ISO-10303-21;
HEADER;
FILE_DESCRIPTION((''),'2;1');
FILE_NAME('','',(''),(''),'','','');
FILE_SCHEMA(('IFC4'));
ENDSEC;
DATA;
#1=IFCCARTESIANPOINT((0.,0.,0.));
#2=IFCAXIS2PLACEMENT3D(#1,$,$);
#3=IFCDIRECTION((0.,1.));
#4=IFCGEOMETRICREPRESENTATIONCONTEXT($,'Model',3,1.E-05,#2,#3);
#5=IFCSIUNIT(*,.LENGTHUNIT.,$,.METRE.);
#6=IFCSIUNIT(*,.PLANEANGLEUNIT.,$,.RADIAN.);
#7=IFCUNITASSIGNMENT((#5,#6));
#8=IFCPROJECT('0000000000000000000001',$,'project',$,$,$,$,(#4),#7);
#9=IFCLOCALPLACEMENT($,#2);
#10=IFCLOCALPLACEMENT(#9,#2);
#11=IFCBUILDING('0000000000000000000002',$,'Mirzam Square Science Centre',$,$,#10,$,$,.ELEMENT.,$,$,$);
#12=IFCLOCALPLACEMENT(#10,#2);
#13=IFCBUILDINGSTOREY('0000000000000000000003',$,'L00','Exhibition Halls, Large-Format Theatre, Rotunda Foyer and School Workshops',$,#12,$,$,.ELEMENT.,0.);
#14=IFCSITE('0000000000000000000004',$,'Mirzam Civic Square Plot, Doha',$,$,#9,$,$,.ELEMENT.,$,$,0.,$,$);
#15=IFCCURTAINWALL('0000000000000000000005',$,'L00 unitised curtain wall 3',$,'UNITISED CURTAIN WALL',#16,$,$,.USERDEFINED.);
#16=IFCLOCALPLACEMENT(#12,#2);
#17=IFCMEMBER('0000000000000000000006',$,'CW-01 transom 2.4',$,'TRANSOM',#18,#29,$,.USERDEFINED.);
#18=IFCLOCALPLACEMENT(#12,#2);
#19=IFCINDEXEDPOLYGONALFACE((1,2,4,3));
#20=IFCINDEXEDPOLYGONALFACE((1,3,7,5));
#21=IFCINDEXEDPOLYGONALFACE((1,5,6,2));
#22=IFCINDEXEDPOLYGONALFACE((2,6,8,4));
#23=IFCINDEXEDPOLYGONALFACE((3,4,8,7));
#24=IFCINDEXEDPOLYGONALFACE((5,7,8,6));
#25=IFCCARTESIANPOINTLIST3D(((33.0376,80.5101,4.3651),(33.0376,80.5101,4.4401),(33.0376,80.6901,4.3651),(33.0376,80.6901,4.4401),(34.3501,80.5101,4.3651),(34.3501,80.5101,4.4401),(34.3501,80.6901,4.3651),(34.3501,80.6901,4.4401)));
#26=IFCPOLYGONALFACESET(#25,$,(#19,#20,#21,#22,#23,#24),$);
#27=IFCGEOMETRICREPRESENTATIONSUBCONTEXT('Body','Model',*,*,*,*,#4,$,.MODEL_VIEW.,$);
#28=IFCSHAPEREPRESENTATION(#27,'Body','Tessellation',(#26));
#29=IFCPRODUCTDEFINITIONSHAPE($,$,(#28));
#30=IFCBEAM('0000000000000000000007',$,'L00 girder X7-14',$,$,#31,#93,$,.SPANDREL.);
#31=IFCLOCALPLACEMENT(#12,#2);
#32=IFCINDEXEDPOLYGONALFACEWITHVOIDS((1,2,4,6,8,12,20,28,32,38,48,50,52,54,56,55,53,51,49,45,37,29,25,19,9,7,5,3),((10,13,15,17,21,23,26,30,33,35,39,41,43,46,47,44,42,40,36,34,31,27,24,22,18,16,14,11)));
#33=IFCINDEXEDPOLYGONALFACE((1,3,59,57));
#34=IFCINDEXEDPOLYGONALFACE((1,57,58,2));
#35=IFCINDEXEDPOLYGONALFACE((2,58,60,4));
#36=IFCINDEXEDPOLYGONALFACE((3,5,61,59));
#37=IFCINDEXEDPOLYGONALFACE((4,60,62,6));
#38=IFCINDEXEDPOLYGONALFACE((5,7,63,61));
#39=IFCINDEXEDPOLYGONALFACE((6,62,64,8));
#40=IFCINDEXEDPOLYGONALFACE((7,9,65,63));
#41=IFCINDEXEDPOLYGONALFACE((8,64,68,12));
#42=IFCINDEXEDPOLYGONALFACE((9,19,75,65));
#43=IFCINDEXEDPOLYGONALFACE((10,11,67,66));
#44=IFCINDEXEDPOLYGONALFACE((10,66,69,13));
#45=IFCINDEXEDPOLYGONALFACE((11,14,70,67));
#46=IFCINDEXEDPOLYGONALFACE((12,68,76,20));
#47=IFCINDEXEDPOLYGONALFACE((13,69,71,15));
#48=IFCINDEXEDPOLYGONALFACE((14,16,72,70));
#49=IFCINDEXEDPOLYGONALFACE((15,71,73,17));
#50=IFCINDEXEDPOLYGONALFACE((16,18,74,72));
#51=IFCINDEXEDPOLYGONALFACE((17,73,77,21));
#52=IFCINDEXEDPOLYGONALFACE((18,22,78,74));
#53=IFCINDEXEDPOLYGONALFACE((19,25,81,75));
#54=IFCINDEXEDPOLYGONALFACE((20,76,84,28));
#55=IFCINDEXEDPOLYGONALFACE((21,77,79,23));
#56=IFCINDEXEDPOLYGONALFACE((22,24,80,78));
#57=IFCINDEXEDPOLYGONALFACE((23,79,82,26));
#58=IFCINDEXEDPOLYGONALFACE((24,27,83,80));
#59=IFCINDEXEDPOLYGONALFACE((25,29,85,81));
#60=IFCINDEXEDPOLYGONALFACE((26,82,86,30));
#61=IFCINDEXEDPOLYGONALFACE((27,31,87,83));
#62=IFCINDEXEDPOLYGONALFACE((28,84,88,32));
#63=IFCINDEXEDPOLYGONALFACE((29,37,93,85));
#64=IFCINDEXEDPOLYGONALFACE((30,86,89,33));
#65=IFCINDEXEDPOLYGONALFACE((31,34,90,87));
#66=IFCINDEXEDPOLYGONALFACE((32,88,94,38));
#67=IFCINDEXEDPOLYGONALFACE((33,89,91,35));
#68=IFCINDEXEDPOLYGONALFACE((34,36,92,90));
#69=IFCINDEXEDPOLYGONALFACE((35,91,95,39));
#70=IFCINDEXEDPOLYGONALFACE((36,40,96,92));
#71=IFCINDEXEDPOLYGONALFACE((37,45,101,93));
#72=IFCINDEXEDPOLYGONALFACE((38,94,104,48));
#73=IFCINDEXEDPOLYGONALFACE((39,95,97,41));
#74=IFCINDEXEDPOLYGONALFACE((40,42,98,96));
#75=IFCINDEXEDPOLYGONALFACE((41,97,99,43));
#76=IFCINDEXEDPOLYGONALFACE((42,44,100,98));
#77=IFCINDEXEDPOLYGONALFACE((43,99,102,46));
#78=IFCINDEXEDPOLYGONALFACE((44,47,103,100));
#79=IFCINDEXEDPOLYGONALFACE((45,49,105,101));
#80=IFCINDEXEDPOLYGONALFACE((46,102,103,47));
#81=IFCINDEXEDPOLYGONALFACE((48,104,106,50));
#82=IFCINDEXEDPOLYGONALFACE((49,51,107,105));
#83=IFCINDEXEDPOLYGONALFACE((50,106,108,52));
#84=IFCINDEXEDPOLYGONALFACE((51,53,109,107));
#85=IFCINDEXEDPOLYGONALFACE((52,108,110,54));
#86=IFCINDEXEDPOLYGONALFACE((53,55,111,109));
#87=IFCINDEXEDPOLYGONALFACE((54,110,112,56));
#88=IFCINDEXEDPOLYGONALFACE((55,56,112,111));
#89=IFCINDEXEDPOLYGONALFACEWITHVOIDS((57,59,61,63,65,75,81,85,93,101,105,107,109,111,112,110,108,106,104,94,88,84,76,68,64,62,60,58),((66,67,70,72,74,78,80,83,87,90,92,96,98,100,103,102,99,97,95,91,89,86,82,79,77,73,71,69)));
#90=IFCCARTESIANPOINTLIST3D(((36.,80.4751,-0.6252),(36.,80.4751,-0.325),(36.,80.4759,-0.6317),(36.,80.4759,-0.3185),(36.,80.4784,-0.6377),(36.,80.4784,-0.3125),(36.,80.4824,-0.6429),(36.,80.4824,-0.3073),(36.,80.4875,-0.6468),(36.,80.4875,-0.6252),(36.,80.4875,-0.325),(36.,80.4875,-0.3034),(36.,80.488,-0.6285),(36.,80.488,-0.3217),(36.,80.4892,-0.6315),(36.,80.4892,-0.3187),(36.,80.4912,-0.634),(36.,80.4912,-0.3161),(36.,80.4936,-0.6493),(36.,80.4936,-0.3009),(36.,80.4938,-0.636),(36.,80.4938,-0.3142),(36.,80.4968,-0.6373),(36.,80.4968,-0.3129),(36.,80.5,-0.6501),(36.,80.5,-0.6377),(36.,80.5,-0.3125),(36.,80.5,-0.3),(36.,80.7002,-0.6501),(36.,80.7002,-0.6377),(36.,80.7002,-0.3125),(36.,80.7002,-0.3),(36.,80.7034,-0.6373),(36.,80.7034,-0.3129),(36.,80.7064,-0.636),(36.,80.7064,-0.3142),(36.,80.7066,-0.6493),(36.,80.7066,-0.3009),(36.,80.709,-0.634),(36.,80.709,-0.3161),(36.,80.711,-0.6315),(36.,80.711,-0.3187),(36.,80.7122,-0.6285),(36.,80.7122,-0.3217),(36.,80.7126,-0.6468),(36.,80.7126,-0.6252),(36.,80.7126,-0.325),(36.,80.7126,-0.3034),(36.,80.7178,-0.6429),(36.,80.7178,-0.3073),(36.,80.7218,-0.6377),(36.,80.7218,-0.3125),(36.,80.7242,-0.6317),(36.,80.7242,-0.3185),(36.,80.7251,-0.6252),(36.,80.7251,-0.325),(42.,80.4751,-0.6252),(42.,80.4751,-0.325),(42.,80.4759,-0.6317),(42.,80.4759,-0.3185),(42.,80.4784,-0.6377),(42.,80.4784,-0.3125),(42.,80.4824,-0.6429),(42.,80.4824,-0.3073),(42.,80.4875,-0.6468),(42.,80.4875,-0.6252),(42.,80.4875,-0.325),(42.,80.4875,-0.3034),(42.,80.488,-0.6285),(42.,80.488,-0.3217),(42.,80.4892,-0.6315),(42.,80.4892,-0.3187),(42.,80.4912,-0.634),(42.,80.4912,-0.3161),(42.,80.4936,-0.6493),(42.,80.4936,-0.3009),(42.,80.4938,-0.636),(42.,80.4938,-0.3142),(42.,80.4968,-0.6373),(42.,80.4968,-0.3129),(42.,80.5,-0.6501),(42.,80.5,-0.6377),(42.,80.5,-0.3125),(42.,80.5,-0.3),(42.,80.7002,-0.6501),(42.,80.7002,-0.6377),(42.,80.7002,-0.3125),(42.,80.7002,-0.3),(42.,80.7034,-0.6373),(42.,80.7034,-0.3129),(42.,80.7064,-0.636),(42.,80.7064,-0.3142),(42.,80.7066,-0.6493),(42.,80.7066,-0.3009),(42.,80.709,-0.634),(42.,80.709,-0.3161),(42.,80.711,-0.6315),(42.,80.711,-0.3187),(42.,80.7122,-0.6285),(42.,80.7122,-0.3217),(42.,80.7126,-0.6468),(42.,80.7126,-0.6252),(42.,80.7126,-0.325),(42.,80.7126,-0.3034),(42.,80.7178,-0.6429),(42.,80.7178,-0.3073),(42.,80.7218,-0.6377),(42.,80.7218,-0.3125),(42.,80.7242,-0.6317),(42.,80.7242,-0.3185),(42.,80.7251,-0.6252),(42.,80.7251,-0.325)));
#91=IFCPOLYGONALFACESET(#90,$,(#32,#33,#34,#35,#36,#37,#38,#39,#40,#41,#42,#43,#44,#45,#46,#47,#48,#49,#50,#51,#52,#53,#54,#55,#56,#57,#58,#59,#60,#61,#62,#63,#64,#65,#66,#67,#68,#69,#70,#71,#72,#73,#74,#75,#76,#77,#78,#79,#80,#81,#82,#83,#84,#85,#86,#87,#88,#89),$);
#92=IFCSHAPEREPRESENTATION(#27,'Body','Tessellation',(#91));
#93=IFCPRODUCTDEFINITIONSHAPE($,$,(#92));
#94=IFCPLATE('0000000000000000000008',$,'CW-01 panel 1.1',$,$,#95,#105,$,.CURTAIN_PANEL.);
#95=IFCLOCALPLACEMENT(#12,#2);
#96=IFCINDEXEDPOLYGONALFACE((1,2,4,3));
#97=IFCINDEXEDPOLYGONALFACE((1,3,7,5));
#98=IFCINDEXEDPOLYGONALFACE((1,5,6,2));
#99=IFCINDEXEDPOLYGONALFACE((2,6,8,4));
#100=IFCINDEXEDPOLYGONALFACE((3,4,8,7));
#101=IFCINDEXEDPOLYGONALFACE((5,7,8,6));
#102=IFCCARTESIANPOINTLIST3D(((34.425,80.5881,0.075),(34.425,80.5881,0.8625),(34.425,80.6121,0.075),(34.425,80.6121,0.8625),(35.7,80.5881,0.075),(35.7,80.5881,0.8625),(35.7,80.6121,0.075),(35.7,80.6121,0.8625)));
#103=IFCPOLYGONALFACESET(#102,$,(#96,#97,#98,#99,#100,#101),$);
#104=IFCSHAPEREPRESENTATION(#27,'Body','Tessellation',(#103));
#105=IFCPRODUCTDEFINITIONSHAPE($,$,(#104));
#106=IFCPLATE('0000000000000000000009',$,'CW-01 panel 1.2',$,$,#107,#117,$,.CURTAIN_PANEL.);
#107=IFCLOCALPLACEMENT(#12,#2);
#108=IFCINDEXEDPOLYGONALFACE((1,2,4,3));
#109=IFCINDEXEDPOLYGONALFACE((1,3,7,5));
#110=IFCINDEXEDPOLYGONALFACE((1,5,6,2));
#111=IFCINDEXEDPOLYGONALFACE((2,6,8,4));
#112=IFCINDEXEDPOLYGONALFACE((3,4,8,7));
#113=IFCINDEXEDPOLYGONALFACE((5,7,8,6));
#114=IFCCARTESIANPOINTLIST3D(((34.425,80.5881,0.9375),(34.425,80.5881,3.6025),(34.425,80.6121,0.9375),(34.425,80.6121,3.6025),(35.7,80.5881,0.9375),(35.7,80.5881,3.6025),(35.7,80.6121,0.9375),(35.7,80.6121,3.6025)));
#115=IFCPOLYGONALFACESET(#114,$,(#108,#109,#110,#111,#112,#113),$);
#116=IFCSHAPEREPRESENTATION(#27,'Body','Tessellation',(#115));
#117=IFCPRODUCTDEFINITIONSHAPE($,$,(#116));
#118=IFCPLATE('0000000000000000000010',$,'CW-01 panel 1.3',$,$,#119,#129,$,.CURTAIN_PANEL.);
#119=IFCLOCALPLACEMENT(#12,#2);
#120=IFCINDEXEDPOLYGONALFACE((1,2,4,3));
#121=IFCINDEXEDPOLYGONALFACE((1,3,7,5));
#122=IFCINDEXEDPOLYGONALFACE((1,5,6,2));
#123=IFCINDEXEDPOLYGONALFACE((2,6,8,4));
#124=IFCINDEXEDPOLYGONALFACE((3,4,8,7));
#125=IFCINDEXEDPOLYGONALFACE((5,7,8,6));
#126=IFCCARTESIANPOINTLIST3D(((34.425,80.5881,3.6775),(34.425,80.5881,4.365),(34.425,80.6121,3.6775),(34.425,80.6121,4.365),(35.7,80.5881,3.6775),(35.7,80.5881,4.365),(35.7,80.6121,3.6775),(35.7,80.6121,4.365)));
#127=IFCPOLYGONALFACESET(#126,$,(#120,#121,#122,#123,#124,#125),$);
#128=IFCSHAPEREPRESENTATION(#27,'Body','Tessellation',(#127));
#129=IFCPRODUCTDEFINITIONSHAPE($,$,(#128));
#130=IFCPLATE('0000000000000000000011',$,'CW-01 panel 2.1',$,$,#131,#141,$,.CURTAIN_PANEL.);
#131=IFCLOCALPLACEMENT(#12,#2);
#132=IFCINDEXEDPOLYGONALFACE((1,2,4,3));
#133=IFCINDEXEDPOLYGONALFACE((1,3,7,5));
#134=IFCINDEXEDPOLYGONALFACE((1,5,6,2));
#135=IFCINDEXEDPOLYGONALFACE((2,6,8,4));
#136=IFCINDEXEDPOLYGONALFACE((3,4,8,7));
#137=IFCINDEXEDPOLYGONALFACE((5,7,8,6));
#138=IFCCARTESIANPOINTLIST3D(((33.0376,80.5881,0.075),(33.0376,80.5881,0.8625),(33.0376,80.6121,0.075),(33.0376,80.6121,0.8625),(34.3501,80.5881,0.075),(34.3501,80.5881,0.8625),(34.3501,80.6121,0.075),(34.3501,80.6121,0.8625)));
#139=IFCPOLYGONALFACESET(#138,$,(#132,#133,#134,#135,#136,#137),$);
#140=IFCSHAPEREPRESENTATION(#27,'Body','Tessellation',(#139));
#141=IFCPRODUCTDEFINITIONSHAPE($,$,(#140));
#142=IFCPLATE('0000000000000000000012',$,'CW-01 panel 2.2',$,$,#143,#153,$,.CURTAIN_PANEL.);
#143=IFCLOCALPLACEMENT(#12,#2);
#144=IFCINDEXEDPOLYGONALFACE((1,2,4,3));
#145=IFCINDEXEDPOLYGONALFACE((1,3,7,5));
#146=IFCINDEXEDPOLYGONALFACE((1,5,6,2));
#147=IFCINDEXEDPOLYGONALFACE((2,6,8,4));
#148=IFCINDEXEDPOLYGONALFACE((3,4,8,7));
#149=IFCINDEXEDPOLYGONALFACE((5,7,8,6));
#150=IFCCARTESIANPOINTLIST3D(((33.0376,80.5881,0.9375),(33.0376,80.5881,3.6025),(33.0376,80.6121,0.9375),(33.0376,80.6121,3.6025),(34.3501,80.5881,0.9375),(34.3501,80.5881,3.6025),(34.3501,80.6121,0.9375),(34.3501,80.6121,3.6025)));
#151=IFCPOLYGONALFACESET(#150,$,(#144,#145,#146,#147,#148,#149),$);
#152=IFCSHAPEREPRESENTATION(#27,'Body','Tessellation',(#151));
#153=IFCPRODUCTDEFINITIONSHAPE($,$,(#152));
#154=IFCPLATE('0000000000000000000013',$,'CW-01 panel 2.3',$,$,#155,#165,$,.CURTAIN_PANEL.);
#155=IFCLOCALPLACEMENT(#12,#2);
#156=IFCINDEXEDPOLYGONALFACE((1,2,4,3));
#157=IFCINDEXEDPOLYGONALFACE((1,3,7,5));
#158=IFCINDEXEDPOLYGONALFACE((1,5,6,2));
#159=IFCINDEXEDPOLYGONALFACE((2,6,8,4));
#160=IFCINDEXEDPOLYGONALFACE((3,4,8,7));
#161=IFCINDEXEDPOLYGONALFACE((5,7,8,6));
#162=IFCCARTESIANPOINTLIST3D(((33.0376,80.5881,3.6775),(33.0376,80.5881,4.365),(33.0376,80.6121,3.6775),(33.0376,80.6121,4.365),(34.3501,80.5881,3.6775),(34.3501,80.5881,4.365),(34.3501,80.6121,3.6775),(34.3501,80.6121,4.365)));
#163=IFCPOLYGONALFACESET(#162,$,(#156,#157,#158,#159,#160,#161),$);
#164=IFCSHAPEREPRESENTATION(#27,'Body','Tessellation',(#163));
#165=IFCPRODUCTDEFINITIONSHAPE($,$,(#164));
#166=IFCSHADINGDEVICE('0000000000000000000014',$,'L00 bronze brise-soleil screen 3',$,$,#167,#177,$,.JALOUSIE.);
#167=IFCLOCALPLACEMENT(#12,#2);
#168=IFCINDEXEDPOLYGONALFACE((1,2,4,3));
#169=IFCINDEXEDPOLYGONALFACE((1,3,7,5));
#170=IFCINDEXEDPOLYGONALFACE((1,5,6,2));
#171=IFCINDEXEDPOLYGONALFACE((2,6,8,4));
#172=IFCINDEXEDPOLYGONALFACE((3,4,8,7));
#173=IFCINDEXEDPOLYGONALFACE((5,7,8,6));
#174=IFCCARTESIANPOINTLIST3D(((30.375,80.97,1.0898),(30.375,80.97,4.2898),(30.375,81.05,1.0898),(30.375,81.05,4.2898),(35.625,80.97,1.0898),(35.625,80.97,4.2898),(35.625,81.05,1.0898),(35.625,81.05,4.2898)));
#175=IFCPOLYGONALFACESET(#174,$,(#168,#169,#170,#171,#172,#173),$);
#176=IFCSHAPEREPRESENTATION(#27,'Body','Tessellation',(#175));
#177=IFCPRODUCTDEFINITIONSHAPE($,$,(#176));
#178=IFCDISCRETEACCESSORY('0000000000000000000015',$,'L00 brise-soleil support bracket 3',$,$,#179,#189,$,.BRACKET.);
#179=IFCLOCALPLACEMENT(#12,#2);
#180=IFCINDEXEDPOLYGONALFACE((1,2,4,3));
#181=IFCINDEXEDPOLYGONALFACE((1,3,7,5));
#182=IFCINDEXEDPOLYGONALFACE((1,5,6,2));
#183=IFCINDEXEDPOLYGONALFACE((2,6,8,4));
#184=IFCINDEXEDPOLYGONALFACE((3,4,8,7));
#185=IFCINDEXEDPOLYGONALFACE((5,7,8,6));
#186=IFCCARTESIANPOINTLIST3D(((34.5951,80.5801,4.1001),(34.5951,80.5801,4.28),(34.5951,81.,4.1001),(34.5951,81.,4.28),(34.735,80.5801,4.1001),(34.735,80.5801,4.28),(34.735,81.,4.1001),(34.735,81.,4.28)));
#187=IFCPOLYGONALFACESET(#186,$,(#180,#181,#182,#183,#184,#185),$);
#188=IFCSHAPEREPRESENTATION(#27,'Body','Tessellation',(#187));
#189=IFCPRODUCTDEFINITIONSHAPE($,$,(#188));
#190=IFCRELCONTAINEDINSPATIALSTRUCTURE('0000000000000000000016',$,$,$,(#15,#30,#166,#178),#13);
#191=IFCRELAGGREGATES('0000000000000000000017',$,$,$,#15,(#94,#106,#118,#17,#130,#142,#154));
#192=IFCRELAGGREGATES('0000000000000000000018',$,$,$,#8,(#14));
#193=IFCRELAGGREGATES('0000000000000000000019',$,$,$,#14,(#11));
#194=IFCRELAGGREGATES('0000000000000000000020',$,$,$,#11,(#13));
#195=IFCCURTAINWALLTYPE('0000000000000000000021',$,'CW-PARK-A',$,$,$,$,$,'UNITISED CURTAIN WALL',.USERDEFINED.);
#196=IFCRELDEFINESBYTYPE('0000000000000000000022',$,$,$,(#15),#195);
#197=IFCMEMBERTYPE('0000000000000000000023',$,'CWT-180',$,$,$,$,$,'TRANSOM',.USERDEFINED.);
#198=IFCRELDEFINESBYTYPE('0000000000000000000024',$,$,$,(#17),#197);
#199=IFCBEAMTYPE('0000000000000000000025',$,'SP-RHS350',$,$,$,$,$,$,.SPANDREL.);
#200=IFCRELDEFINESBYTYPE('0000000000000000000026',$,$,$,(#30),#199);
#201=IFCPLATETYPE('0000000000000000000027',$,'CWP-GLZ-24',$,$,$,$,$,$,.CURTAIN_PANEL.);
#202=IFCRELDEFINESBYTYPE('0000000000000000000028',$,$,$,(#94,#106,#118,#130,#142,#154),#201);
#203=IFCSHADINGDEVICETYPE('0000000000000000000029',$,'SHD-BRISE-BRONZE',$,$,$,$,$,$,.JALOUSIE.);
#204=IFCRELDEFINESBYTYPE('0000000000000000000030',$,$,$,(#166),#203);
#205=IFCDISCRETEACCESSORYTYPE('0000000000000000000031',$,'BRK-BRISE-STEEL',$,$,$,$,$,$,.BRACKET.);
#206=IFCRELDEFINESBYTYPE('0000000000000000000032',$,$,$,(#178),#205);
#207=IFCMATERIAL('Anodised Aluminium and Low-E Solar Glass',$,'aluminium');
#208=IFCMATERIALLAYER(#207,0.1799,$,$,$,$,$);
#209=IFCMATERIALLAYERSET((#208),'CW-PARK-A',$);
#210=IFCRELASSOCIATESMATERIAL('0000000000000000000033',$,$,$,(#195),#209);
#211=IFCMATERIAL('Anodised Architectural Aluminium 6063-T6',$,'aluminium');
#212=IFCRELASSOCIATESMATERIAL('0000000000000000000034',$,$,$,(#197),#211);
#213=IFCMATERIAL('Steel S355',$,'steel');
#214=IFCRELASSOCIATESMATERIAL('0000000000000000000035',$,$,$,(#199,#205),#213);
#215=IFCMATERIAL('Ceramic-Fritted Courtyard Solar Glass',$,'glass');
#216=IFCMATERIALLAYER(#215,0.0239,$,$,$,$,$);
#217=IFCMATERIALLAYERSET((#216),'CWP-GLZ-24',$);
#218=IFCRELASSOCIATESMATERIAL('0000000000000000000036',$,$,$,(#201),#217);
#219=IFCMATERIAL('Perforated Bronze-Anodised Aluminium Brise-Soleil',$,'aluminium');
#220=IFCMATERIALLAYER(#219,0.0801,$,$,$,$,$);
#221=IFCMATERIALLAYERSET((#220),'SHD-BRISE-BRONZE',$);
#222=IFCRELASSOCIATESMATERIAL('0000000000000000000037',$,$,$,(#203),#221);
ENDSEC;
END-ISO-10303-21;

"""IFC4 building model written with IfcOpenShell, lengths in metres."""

from ifc_helpers import new_model, si_unit, direction, frame, origin, origin_2d, place, context, subcontext, project, spatial, rectangle, hollow_rectangle, extrude, material, layer, layer_set, material_profile, profile_set, type_object, element, aggregate, save


model = new_model("IFC4")

# Units and contexts
model_context = context("Model", 3, precision=1e-05, world=origin(), true_north=direction((0.0, 1.0)))
body_context = subcontext(model_context, "Body", "Model", "MODEL_VIEW")
ifc_project = project(units=[si_unit("LENGTHUNIT", "METRE"), si_unit("PLANEANGLEUNIT", "RADIAN")], contexts=[model_context])

# Site, building, storey
site_placement = place(None, origin())
site = spatial("IfcSite", under=ifc_project, at=site_placement, Name="Mirzam Civic Square Plot, Doha", CompositionType="ELEMENT", RefElevation=0.0)
building_placement = place(site_placement, origin())
building = spatial("IfcBuilding", under=site, at=building_placement, Name="Mirzam Square Science Centre", CompositionType="ELEMENT")
storey_placement = place(building_placement, origin())
storey = spatial("IfcBuildingStorey", under=building, at=storey_placement, Name="L00", Description="Exhibition Halls, Large-Format Theatre, Rotunda Foyer and School Workshops", CompositionType="ELEMENT", Elevation=0.0)

# Shared definitions
ifc_material_1 = material(Name="Steel S355", Category="steel")

# Curtain wall, member
ifc_material_2 = material(Name="Anodised Aluminium and Low-E Solar Glass", Category="aluminium")
ifc_layer_1 = layer(ifc_material_2, 0.1799)
ifc_layer_set_1 = layer_set([ifc_layer_1], Name="CW-PARK-A")
curtain_wall_type = type_object("IfcCurtainWallType", Name="CW-PARK-A", ElementType="UNITISED CURTAIN WALL", PredefinedType="USERDEFINED", material=ifc_layer_set_1)
curtain_wall_placement = place(storey_placement, origin())
curtain_wall = element("IfcCurtainWall", 1, at=curtain_wall_placement, inside=storey, type_object=curtain_wall_type, Name="L00 unitised curtain wall 3", ObjectType="UNITISED CURTAIN WALL", PredefinedType="USERDEFINED")
ifc_material_3 = material(Name="Anodised Architectural Aluminium 6063-T6", Category="aluminium")
ifc_material_profile_1 = material_profile(ifc_material_3, rectangle(XDim=0.1799, YDim=0.075, at=origin_2d()), Name="ALU-TRAN-180x75x5")
ifc_profile_set_1 = profile_set([ifc_material_profile_1], Name="Anodised Architectural Aluminium 6063-T6")
member_type_1 = type_object("IfcMemberType", Name="CWT-180", ElementType="TRANSOM", PredefinedType="USERDEFINED", material=ifc_profile_set_1)
member_1_placement = place(storey_placement, frame((34.3501, 80.6001, 4.4026), z_axis=(-1.0, 0.0, 0.0), x_axis=(0.0, -1.0, 0.0)))
member_1 = element("IfcMember", 2, at=member_1_placement, type_object=member_type_1, Name="CW-01 transom 2.4", ObjectType="TRANSOM", PredefinedType="USERDEFINED", context=body_context, shape_type="SweptSolid", body=[
    extrude(rectangle(XDim=0.1799, YDim=0.075, at=origin_2d()), origin(), (0.0, 0.0, 1.0), 1.3125),
])

# Beam
ifc_material_profile_2 = material_profile(ifc_material_1, hollow_rectangle(XDim=0.25, YDim=0.3501, WallThickness=0.0125, InnerFilletRadius=0.0125, OuterFilletRadius=0.0249, at=origin_2d()), Name="350x250x12.5RHS")
ifc_profile_set_2 = profile_set([ifc_material_profile_2], Name="Steel S355")
beam_type = type_object("IfcBeamType", Name="SP-RHS350", PredefinedType="SPANDREL", material=ifc_profile_set_2)
beam_placement = place(storey_placement, frame((36.0, 80.6001, -0.4751), z_axis=(1.0, 0.0, 0.0), x_axis=(0.0, 1.0, 0.0)))
element("IfcBeam", 3, at=beam_placement, inside=storey, type_object=beam_type, Name="L00 girder X7-14", PredefinedType="SPANDREL", context=body_context, shape_type="SweptSolid", body=[
    extrude(hollow_rectangle(XDim=0.25, YDim=0.3501, WallThickness=0.0125, InnerFilletRadius=0.0125, OuterFilletRadius=0.0249, at=origin_2d()), origin(), (0.0, 0.0, 1.0), 6.0),
])

# Plates
ifc_material_4 = material(Name="Ceramic-Fritted Courtyard Solar Glass", Category="glass")
ifc_layer_2 = layer(ifc_material_4, 0.0239)
ifc_layer_set_2 = layer_set([ifc_layer_2], Name="CWP-GLZ-24")
plate_type = type_object("IfcPlateType", Name="CWP-GLZ-24", PredefinedType="CURTAIN_PANEL", material=ifc_layer_set_2)
plate_1_placement = place(storey_placement, frame((35.0625, 80.6001, 0.075), z_axis=(0.0, 0.0, 1.0), x_axis=(-1.0, 0.0, 0.0)))
plate_1 = element("IfcPlate", 4, at=plate_1_placement, type_object=plate_type, Name="CW-01 panel 1.1", PredefinedType="CURTAIN_PANEL", context=body_context, shape_type="SweptSolid", body=[
    extrude(rectangle(XDim=1.2749, YDim=0.0239, at=origin_2d()), origin(), (0.0, 0.0, 1.0), 0.7876),
])
plate_2_placement = place(storey_placement, frame((35.0625, 80.6001, 0.9375), z_axis=(0.0, 0.0, 1.0), x_axis=(-1.0, 0.0, 0.0)))
plate_2 = element("IfcPlate", 5, at=plate_2_placement, type_object=plate_type, Name="CW-01 panel 1.2", PredefinedType="CURTAIN_PANEL", context=body_context, shape_type="SweptSolid", body=[
    extrude(rectangle(XDim=1.2749, YDim=0.0239, at=origin_2d()), origin(), (0.0, 0.0, 1.0), 2.665),
])
plate_3_placement = place(storey_placement, frame((35.0625, 80.6001, 3.6775), z_axis=(0.0, 0.0, 1.0), x_axis=(-1.0, 0.0, 0.0)))
plate_3 = element("IfcPlate", 6, at=plate_3_placement, type_object=plate_type, Name="CW-01 panel 1.3", PredefinedType="CURTAIN_PANEL", context=body_context, shape_type="SweptSolid", body=[
    extrude(rectangle(XDim=1.2749, YDim=0.0239, at=origin_2d()), origin(), (0.0, 0.0, 1.0), 0.6875),
])
plate_4_placement = place(storey_placement, frame((33.6938, 80.6001, 0.075), z_axis=(0.0, 0.0, 1.0), x_axis=(-1.0, 0.0, 0.0)))
plate_4 = element("IfcPlate", 7, at=plate_4_placement, type_object=plate_type, Name="CW-01 panel 2.1", PredefinedType="CURTAIN_PANEL", context=body_context, shape_type="SweptSolid", body=[
    extrude(rectangle(XDim=1.3125, YDim=0.0239, at=origin_2d()), origin(), (0.0, 0.0, 1.0), 0.7876),
])
plate_5_placement = place(storey_placement, frame((33.6938, 80.6001, 0.9375), z_axis=(0.0, 0.0, 1.0), x_axis=(-1.0, 0.0, 0.0)))
plate_5 = element("IfcPlate", 8, at=plate_5_placement, type_object=plate_type, Name="CW-01 panel 2.2", PredefinedType="CURTAIN_PANEL", context=body_context, shape_type="SweptSolid", body=[
    extrude(rectangle(XDim=1.3125, YDim=0.0239, at=origin_2d()), origin(), (0.0, 0.0, 1.0), 2.665),
])
plate_6_placement = place(storey_placement, frame((33.6938, 80.6001, 3.6775), z_axis=(0.0, 0.0, 1.0), x_axis=(-1.0, 0.0, 0.0)))
plate_6 = element("IfcPlate", 9, at=plate_6_placement, type_object=plate_type, Name="CW-01 panel 2.3", PredefinedType="CURTAIN_PANEL", context=body_context, shape_type="SweptSolid", body=[
    extrude(rectangle(XDim=1.3125, YDim=0.0239, at=origin_2d()), origin(), (0.0, 0.0, 1.0), 0.6875),
])
aggregate(curtain_wall, [plate_1, plate_2, plate_3, member_1, plate_4, plate_5, plate_6])

# Shading device
ifc_material_5 = material(Name="Perforated Bronze-Anodised Aluminium Brise-Soleil", Category="aluminium")
ifc_layer_3 = layer(ifc_material_5, 0.0801)
ifc_layer_set_3 = layer_set([ifc_layer_3], Name="SHD-BRISE-BRONZE")
shading_device_type = type_object("IfcShadingDeviceType", Name="SHD-BRISE-BRONZE", PredefinedType="JALOUSIE", material=ifc_layer_set_3)
shading_device_placement = place(storey_placement, frame((33.0, 81.01, 1.0898), z_axis=(0.0, 0.0, 1.0), x_axis=(-1.0, 0.0, 0.0)))
element("IfcShadingDevice", 10, at=shading_device_placement, inside=storey, type_object=shading_device_type, Name="L00 bronze brise-soleil screen 3", PredefinedType="JALOUSIE", context=body_context, shape_type="SweptSolid", body=[
    extrude(rectangle(XDim=5.25, YDim=0.0801, at=origin_2d()), origin(), (0.0, 0.0, 1.0), 3.2),
])

# Discrete accessory
discrete_accessory_type = type_object("IfcDiscreteAccessoryType", Name="BRK-BRISE-STEEL", PredefinedType="BRACKET", material=ifc_material_1)
for number, where, z_axis, x_axis, name in (
    (11, (34.665, 80.79, 4.1001), (0.0, 0.0, 1.0), (-1.0, 0.0, 0.0), "L00 brise-soleil support bracket 3"),
):
    element("IfcDiscreteAccessory", number, at=place(storey_placement, frame(where, z_axis=z_axis, x_axis=x_axis)), inside=storey, type_object=discrete_accessory_type, Name=name, PredefinedType="BRACKET", context=body_context, shape_type="SweptSolid", body=[
        extrude(rectangle(XDim=0.1399, YDim=0.4199, at=origin_2d()), origin(), (0.0, 0.0, 1.0), 0.1799),
    ])

save(model, "model.ifc")
